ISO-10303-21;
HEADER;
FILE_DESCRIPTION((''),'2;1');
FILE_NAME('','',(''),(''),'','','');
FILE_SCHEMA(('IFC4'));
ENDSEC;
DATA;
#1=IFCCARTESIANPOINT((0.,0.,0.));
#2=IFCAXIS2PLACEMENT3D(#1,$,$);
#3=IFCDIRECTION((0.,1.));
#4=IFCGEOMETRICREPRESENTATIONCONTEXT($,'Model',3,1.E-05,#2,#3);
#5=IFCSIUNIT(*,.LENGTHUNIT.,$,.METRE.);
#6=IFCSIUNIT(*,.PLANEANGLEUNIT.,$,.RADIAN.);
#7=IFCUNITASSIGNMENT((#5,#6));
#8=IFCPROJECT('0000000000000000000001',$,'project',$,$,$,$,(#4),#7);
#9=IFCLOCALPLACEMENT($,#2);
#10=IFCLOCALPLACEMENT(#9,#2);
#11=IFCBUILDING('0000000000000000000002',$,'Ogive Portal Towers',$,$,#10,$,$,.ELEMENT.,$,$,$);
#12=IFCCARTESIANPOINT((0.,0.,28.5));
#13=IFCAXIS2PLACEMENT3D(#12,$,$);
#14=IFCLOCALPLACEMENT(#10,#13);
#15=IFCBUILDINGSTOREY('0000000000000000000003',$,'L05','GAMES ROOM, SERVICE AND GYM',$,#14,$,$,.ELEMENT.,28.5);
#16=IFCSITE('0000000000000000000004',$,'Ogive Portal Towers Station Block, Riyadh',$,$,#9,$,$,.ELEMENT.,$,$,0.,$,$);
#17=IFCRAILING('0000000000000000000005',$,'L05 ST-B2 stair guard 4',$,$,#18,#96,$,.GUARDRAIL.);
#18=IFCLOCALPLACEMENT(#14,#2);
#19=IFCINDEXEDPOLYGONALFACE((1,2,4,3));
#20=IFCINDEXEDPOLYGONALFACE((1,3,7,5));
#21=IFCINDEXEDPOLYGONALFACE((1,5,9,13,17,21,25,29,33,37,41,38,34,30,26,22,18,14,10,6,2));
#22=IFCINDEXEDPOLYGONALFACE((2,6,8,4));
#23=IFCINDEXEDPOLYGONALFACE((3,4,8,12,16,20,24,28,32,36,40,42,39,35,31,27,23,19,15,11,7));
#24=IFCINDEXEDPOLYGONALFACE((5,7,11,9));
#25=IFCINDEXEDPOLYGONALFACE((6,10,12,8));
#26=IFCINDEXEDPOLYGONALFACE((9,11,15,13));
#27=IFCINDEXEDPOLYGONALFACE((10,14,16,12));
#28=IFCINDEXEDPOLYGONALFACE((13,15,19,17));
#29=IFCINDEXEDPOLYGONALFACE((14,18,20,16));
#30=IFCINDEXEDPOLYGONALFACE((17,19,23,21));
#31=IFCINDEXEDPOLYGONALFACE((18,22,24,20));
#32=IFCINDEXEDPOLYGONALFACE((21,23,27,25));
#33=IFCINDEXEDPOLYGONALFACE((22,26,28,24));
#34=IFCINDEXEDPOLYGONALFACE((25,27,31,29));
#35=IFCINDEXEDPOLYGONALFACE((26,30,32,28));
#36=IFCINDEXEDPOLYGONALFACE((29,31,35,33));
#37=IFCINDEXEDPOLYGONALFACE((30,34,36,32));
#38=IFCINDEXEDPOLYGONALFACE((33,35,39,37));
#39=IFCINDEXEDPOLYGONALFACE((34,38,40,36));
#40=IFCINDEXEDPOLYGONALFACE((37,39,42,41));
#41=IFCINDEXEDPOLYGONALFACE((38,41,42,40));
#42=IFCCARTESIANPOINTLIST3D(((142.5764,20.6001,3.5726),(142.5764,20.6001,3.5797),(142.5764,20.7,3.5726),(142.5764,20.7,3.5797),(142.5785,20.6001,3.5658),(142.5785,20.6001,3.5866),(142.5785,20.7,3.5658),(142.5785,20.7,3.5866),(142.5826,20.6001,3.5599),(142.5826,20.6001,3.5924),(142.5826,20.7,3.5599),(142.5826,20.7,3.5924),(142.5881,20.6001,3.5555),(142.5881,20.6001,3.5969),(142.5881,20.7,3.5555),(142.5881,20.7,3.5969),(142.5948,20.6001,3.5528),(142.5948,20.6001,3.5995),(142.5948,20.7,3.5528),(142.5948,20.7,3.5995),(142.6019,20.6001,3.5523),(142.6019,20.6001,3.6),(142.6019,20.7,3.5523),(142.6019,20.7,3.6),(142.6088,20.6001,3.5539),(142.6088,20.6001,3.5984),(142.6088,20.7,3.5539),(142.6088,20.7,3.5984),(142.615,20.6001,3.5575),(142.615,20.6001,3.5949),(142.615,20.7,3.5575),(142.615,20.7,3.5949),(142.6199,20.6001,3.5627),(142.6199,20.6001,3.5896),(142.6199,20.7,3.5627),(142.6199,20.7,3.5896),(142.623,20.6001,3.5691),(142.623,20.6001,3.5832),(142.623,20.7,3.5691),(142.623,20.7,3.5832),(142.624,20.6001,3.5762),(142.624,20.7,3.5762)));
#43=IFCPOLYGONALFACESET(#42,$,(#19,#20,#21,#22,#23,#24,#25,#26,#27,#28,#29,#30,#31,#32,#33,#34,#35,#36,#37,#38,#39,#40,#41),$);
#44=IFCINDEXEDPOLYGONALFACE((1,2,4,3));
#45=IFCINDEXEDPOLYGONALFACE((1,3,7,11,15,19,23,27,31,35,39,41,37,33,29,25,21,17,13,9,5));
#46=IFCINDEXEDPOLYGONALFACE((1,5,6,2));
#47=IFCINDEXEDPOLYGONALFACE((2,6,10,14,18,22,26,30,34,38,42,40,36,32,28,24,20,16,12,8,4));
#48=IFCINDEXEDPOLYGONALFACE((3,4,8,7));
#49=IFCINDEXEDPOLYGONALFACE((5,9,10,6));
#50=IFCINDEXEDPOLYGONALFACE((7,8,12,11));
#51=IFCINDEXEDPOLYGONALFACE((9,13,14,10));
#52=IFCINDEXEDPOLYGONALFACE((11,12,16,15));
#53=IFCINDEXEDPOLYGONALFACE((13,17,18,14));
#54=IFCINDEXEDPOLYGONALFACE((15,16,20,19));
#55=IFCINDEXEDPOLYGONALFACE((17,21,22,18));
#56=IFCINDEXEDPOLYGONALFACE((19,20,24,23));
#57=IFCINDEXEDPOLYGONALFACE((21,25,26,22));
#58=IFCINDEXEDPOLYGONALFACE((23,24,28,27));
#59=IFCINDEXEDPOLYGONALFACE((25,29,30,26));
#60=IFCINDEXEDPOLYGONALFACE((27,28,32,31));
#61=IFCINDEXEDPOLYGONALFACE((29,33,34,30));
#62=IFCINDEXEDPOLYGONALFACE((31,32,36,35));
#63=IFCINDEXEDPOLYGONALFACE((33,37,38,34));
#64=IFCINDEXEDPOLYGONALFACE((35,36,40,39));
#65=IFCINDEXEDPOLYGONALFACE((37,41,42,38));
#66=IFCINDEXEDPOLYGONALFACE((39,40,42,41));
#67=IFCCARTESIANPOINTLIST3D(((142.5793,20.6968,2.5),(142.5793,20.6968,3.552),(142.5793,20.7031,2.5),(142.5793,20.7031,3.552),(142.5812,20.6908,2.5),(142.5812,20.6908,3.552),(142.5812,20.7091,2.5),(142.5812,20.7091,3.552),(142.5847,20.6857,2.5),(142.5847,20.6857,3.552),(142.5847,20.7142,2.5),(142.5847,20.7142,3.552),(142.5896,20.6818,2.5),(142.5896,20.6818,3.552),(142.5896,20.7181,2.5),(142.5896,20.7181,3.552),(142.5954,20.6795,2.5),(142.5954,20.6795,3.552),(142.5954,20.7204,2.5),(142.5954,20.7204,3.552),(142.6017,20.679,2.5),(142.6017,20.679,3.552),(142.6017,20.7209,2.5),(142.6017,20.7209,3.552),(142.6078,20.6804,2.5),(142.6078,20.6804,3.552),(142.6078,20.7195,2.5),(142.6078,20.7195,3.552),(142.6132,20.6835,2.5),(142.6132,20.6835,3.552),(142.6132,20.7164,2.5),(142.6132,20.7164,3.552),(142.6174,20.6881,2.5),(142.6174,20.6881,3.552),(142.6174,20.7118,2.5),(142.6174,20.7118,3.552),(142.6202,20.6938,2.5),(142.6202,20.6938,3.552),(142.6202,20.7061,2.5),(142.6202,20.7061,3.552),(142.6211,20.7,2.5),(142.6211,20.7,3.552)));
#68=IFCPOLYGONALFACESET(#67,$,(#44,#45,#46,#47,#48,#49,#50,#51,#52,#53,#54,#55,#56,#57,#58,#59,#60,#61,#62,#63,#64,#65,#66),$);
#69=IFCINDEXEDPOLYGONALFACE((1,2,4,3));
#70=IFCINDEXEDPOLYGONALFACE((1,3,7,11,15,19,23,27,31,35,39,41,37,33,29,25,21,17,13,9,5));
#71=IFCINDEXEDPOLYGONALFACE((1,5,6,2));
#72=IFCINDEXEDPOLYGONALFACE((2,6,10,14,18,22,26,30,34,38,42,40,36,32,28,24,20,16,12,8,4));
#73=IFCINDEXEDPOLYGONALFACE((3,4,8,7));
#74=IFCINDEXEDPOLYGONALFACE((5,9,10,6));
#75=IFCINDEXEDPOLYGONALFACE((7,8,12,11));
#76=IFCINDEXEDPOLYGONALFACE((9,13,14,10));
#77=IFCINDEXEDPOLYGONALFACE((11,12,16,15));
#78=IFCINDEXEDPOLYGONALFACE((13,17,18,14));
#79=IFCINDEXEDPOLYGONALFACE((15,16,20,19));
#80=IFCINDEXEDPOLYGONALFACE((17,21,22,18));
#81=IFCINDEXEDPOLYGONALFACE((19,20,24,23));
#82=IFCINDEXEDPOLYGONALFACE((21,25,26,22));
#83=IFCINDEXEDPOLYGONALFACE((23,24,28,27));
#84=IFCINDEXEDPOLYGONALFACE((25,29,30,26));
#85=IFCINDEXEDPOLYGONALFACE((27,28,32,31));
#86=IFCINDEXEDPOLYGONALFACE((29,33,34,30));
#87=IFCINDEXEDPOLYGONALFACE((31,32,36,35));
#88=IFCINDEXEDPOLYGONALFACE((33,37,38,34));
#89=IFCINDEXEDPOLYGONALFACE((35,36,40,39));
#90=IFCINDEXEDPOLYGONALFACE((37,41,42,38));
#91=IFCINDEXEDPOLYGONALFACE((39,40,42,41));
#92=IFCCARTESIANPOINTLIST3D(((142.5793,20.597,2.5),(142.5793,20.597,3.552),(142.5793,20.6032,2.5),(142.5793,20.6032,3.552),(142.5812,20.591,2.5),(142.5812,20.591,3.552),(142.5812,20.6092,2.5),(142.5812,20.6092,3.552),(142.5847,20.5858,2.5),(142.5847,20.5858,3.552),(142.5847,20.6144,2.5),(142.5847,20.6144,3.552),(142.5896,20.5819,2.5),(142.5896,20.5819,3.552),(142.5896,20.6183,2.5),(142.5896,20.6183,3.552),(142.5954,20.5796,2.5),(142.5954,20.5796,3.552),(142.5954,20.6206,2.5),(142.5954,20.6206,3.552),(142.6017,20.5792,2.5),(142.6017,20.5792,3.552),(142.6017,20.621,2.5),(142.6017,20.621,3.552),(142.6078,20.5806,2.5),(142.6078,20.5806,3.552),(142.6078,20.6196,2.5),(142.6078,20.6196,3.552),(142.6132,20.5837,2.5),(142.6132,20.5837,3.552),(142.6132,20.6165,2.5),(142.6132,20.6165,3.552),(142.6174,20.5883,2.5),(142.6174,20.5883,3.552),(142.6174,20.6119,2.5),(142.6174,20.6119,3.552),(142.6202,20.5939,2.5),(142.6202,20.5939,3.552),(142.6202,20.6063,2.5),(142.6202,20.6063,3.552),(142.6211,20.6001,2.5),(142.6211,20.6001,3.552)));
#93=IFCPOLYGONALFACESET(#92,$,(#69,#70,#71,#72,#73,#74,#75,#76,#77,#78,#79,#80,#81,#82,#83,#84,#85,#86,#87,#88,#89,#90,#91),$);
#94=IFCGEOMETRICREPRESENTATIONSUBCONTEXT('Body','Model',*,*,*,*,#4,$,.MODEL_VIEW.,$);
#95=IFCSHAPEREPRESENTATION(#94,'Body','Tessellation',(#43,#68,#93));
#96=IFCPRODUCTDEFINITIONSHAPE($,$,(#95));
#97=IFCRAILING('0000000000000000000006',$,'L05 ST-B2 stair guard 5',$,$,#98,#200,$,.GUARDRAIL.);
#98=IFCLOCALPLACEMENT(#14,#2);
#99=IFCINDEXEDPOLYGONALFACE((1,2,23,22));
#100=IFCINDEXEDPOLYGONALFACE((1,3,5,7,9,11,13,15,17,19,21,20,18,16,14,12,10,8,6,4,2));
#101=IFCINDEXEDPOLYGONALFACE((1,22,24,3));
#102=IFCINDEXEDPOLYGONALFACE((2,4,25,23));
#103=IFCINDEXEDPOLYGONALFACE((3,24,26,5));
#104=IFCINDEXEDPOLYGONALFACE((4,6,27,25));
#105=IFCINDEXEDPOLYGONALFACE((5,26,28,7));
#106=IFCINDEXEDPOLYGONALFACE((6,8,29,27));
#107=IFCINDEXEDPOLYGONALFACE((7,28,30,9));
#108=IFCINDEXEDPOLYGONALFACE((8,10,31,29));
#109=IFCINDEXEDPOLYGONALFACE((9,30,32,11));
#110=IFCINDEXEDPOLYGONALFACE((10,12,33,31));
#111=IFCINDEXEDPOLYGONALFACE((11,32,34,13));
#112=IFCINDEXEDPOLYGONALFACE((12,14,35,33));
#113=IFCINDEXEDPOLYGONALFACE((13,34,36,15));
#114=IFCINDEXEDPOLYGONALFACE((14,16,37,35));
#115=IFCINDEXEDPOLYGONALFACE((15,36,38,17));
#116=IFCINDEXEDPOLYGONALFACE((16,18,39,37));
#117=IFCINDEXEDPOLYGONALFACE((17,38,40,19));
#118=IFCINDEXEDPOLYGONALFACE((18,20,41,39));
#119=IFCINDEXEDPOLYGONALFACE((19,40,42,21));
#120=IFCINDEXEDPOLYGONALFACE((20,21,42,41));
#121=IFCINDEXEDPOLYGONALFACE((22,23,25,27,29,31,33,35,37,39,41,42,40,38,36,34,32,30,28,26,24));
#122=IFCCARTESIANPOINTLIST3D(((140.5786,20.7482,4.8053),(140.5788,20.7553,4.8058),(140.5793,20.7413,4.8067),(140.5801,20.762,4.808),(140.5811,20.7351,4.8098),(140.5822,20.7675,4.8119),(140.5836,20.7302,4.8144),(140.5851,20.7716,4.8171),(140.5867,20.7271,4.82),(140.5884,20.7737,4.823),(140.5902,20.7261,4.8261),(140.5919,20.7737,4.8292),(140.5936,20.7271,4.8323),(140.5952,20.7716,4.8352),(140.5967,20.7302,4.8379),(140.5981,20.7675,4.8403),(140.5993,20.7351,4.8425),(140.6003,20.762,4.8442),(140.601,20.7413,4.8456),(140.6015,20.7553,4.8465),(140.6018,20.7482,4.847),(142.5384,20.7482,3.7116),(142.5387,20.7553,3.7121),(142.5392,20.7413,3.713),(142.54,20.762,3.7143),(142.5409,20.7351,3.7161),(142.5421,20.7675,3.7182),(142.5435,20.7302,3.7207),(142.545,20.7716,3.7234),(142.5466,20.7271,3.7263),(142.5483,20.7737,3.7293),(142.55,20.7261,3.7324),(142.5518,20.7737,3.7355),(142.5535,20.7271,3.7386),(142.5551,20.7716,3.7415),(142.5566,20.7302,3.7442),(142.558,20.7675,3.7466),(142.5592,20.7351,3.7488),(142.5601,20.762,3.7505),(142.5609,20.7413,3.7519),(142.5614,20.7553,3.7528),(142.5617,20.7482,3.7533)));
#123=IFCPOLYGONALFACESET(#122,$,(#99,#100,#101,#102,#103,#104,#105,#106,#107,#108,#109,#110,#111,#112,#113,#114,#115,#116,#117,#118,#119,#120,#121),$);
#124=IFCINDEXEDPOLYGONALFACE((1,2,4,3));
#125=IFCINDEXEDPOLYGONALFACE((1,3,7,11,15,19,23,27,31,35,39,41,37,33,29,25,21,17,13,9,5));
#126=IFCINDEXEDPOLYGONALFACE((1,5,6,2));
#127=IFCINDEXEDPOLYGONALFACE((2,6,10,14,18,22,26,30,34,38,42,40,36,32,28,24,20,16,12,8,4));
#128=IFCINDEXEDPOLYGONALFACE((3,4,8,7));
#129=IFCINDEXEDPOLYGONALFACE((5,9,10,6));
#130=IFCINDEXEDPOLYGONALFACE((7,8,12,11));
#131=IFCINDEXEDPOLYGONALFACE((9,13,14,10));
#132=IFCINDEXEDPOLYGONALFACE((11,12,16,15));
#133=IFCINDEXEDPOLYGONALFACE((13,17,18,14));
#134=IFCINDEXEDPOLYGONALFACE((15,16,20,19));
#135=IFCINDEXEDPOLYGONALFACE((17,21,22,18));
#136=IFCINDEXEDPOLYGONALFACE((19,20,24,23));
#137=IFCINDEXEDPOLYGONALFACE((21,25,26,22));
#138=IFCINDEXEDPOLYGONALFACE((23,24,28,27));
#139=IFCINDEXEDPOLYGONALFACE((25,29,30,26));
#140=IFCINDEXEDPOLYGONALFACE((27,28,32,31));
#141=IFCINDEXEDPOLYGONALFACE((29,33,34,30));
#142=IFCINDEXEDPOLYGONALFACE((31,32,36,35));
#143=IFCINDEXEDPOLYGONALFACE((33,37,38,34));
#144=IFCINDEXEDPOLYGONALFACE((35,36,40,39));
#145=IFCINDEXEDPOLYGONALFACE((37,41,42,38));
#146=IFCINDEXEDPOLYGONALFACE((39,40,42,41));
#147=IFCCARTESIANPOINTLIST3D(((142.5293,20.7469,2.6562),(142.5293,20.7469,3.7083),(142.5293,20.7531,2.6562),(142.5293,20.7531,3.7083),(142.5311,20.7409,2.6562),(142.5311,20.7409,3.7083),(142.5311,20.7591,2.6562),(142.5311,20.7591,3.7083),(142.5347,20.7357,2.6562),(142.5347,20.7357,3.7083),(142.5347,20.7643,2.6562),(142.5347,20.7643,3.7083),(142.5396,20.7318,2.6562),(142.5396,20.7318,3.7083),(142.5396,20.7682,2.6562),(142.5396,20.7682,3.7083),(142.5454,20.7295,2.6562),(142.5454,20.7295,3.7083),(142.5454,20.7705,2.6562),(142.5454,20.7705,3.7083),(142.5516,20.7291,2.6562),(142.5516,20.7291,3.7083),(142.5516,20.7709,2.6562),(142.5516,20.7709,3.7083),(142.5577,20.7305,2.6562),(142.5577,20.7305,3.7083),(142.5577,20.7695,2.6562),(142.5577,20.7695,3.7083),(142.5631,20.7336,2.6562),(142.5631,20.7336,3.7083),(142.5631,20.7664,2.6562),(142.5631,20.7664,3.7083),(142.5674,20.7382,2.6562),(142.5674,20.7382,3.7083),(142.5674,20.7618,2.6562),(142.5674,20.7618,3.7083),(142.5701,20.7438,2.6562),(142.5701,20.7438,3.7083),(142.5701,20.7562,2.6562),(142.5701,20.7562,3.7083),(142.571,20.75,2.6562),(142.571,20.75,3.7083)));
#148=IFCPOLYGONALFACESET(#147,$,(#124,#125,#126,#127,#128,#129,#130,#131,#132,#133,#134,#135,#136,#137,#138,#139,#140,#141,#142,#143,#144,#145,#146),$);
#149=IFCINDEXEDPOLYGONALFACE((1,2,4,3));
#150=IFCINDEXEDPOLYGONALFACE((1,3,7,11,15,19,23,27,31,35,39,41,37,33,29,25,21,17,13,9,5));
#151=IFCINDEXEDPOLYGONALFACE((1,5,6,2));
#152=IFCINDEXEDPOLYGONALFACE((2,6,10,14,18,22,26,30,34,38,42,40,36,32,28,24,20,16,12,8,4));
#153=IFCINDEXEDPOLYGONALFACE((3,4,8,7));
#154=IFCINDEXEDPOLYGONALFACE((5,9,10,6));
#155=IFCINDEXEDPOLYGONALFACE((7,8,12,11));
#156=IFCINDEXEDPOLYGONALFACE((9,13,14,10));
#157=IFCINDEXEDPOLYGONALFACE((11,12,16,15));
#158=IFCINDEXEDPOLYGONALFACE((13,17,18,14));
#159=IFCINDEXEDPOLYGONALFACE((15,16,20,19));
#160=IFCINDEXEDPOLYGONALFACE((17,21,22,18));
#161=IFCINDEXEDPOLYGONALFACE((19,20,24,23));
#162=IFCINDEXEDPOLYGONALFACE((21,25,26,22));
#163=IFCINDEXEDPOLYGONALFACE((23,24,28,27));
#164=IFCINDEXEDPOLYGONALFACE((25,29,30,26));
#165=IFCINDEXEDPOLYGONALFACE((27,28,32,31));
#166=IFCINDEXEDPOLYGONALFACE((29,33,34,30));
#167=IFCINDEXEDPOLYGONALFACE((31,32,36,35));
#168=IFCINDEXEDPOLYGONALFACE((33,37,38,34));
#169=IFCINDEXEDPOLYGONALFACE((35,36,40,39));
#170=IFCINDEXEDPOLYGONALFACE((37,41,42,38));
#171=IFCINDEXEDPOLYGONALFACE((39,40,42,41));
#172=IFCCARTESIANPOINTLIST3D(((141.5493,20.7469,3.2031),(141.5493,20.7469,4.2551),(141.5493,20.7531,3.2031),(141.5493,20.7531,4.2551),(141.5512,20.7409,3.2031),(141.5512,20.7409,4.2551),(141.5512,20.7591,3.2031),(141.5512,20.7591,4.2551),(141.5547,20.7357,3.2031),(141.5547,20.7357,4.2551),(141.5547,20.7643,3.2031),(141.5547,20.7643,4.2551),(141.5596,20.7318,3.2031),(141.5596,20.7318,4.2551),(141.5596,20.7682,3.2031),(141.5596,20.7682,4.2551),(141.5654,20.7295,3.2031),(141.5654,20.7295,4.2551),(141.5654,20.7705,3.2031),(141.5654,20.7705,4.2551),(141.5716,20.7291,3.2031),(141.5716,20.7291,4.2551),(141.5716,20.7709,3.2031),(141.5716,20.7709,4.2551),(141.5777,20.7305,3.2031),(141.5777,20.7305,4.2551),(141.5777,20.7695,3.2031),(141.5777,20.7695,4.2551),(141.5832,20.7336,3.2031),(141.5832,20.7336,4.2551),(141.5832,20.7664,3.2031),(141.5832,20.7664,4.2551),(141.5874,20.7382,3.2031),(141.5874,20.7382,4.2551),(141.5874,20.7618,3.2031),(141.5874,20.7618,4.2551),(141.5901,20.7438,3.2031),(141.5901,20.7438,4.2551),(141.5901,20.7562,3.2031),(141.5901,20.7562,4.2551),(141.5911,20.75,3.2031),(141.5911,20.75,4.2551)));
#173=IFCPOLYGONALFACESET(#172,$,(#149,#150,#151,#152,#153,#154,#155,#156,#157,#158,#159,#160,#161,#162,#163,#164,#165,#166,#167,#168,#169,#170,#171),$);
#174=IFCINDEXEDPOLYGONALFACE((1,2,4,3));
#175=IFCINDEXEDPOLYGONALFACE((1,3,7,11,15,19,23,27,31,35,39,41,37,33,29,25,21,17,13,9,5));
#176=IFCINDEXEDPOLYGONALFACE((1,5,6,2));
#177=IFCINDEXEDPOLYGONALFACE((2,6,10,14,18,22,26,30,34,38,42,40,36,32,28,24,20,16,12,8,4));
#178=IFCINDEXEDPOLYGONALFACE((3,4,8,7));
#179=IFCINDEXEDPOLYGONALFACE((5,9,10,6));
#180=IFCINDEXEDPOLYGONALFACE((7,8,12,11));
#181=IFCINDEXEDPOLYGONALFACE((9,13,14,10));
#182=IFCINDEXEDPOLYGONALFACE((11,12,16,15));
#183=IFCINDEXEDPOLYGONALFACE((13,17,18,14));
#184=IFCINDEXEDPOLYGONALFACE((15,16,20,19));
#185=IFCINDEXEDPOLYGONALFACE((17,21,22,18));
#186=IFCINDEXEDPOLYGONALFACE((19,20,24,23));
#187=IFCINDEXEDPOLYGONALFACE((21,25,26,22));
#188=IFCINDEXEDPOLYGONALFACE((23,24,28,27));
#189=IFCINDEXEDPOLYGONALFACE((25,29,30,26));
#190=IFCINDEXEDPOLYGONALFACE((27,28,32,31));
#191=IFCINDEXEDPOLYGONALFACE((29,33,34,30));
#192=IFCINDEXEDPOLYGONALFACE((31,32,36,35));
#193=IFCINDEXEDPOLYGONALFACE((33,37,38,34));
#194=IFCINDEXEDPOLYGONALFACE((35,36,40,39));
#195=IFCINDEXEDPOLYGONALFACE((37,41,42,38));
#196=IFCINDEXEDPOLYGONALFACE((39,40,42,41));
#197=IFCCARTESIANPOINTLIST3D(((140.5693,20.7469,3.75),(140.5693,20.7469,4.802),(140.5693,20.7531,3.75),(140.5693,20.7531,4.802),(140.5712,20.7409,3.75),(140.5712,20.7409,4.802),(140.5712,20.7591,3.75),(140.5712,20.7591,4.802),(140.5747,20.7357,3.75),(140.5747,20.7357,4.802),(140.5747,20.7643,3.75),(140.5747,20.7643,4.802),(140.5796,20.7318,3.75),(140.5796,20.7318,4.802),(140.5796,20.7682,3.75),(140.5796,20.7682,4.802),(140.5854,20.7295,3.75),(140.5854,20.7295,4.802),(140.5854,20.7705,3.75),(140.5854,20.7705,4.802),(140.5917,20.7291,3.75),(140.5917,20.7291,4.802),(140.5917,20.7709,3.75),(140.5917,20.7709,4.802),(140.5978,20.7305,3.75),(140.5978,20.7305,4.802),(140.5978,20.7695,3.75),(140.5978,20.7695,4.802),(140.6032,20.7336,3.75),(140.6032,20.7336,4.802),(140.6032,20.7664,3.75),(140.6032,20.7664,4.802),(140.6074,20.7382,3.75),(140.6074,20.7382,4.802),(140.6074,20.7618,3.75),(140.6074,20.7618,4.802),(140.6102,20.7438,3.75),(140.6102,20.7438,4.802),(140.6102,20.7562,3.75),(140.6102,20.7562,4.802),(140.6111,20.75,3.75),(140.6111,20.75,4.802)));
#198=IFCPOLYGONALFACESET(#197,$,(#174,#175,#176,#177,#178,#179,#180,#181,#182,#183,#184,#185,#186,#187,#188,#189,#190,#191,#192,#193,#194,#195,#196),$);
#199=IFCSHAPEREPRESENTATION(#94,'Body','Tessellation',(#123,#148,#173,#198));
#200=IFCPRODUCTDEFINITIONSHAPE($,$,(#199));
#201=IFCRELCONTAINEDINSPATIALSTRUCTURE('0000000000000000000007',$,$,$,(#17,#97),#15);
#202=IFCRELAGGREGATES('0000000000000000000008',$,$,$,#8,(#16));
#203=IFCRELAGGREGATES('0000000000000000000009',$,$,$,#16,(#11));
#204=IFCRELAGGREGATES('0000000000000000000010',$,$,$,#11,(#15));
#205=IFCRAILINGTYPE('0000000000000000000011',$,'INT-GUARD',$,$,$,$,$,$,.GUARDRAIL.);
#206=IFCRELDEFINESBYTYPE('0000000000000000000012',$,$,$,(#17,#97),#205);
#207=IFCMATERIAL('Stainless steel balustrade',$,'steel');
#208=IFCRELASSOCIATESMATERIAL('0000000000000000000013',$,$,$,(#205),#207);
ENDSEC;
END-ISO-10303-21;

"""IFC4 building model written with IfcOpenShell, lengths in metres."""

from ifc_helpers import new_model, si_unit, direction, frame, origin, origin_2d, place, context, subcontext, project, spatial, circle, extrude, material, type_object, element, save


model = new_model("IFC4")

# Units and contexts
model_context = context("Model", 3, precision=1e-05, world=origin(), true_north=direction((0.0, 1.0)))
body_context = subcontext(model_context, "Body", "Model", "MODEL_VIEW")
ifc_project = project(units=[si_unit("LENGTHUNIT", "METRE"), si_unit("PLANEANGLEUNIT", "RADIAN")], contexts=[model_context])

# Site, building, storey
site_placement = place(None, origin())
site = spatial("IfcSite", under=ifc_project, at=site_placement, Name="Ogive Portal Towers Station Block, Riyadh", CompositionType="ELEMENT", RefElevation=0.0)
building_placement = place(site_placement, origin())
building = spatial("IfcBuilding", under=site, at=building_placement, Name="Ogive Portal Towers", CompositionType="ELEMENT")
storey_placement = place(building_placement, frame((0.0, 0.0, 28.5)))
storey = spatial("IfcBuildingStorey", under=building, at=storey_placement, Name="L05", Description="GAMES ROOM, SERVICE AND GYM", CompositionType="ELEMENT", Elevation=28.5)

# Railings
ifc_material_1 = material(Name="Stainless steel balustrade", Category="steel")
railing_type_1 = type_object("IfcRailingType", Name="INT-GUARD", PredefinedType="GUARDRAIL", material=ifc_material_1)
railing_1_placement = place(storey_placement, frame((142.6001, 20.7, 2.5)))
element("IfcRailing", 1, at=railing_1_placement, inside=storey, type_object=railing_type_1, Name="L05 ST-B2 stair guard 4", PredefinedType="GUARDRAIL", context=body_context, shape_type="SweptSolid", body=[
    extrude(circle(Radius=0.0239, at=origin_2d()), frame((0.0, 0.0, 1.0762), z_axis=(0.0, -1.0, 0.0), x_axis=(1.0, 0.0, 0.0)), (0.0, 0.0, 1.0), 0.0999),
    extrude(circle(Radius=0.021, at=origin_2d()), origin(), (0.0, 0.0, 1.0), 1.052),
    extrude(circle(Radius=0.021, at=origin_2d()), frame((0.0, -0.0999, 0.0)), (0.0, 0.0, 1.0), 1.052),
])
railing_2_placement = place(storey_placement, frame((142.55, 20.75, 2.6562)))
element("IfcRailing", 2, at=railing_2_placement, inside=storey, type_object=railing_type_1, Name="L05 ST-B2 stair guard 5", PredefinedType="GUARDRAIL", context=body_context, shape_type="SweptSolid", body=[
    extrude(circle(Radius=0.0239, at=origin_2d()), frame((0.0, 0.0, 1.0762), z_axis=(-0.873232, 0.0, 0.487304), x_axis=(0.0, -1.0, 0.0)), (0.0, 0.0, 1.0), 2.2444),
    extrude(circle(Radius=0.021, at=origin_2d()), origin(), (0.0, 0.0, 1.0), 1.052),
    extrude(circle(Radius=0.021, at=origin_2d()), frame((-0.98, 0.0, 0.5469)), (0.0, 0.0, 1.0), 1.052),
    extrude(circle(Radius=0.021, at=origin_2d()), frame((-1.96, 0.0, 1.0938)), (0.0, 0.0, 1.0), 1.052),
])

save(model, "model.ifc")
